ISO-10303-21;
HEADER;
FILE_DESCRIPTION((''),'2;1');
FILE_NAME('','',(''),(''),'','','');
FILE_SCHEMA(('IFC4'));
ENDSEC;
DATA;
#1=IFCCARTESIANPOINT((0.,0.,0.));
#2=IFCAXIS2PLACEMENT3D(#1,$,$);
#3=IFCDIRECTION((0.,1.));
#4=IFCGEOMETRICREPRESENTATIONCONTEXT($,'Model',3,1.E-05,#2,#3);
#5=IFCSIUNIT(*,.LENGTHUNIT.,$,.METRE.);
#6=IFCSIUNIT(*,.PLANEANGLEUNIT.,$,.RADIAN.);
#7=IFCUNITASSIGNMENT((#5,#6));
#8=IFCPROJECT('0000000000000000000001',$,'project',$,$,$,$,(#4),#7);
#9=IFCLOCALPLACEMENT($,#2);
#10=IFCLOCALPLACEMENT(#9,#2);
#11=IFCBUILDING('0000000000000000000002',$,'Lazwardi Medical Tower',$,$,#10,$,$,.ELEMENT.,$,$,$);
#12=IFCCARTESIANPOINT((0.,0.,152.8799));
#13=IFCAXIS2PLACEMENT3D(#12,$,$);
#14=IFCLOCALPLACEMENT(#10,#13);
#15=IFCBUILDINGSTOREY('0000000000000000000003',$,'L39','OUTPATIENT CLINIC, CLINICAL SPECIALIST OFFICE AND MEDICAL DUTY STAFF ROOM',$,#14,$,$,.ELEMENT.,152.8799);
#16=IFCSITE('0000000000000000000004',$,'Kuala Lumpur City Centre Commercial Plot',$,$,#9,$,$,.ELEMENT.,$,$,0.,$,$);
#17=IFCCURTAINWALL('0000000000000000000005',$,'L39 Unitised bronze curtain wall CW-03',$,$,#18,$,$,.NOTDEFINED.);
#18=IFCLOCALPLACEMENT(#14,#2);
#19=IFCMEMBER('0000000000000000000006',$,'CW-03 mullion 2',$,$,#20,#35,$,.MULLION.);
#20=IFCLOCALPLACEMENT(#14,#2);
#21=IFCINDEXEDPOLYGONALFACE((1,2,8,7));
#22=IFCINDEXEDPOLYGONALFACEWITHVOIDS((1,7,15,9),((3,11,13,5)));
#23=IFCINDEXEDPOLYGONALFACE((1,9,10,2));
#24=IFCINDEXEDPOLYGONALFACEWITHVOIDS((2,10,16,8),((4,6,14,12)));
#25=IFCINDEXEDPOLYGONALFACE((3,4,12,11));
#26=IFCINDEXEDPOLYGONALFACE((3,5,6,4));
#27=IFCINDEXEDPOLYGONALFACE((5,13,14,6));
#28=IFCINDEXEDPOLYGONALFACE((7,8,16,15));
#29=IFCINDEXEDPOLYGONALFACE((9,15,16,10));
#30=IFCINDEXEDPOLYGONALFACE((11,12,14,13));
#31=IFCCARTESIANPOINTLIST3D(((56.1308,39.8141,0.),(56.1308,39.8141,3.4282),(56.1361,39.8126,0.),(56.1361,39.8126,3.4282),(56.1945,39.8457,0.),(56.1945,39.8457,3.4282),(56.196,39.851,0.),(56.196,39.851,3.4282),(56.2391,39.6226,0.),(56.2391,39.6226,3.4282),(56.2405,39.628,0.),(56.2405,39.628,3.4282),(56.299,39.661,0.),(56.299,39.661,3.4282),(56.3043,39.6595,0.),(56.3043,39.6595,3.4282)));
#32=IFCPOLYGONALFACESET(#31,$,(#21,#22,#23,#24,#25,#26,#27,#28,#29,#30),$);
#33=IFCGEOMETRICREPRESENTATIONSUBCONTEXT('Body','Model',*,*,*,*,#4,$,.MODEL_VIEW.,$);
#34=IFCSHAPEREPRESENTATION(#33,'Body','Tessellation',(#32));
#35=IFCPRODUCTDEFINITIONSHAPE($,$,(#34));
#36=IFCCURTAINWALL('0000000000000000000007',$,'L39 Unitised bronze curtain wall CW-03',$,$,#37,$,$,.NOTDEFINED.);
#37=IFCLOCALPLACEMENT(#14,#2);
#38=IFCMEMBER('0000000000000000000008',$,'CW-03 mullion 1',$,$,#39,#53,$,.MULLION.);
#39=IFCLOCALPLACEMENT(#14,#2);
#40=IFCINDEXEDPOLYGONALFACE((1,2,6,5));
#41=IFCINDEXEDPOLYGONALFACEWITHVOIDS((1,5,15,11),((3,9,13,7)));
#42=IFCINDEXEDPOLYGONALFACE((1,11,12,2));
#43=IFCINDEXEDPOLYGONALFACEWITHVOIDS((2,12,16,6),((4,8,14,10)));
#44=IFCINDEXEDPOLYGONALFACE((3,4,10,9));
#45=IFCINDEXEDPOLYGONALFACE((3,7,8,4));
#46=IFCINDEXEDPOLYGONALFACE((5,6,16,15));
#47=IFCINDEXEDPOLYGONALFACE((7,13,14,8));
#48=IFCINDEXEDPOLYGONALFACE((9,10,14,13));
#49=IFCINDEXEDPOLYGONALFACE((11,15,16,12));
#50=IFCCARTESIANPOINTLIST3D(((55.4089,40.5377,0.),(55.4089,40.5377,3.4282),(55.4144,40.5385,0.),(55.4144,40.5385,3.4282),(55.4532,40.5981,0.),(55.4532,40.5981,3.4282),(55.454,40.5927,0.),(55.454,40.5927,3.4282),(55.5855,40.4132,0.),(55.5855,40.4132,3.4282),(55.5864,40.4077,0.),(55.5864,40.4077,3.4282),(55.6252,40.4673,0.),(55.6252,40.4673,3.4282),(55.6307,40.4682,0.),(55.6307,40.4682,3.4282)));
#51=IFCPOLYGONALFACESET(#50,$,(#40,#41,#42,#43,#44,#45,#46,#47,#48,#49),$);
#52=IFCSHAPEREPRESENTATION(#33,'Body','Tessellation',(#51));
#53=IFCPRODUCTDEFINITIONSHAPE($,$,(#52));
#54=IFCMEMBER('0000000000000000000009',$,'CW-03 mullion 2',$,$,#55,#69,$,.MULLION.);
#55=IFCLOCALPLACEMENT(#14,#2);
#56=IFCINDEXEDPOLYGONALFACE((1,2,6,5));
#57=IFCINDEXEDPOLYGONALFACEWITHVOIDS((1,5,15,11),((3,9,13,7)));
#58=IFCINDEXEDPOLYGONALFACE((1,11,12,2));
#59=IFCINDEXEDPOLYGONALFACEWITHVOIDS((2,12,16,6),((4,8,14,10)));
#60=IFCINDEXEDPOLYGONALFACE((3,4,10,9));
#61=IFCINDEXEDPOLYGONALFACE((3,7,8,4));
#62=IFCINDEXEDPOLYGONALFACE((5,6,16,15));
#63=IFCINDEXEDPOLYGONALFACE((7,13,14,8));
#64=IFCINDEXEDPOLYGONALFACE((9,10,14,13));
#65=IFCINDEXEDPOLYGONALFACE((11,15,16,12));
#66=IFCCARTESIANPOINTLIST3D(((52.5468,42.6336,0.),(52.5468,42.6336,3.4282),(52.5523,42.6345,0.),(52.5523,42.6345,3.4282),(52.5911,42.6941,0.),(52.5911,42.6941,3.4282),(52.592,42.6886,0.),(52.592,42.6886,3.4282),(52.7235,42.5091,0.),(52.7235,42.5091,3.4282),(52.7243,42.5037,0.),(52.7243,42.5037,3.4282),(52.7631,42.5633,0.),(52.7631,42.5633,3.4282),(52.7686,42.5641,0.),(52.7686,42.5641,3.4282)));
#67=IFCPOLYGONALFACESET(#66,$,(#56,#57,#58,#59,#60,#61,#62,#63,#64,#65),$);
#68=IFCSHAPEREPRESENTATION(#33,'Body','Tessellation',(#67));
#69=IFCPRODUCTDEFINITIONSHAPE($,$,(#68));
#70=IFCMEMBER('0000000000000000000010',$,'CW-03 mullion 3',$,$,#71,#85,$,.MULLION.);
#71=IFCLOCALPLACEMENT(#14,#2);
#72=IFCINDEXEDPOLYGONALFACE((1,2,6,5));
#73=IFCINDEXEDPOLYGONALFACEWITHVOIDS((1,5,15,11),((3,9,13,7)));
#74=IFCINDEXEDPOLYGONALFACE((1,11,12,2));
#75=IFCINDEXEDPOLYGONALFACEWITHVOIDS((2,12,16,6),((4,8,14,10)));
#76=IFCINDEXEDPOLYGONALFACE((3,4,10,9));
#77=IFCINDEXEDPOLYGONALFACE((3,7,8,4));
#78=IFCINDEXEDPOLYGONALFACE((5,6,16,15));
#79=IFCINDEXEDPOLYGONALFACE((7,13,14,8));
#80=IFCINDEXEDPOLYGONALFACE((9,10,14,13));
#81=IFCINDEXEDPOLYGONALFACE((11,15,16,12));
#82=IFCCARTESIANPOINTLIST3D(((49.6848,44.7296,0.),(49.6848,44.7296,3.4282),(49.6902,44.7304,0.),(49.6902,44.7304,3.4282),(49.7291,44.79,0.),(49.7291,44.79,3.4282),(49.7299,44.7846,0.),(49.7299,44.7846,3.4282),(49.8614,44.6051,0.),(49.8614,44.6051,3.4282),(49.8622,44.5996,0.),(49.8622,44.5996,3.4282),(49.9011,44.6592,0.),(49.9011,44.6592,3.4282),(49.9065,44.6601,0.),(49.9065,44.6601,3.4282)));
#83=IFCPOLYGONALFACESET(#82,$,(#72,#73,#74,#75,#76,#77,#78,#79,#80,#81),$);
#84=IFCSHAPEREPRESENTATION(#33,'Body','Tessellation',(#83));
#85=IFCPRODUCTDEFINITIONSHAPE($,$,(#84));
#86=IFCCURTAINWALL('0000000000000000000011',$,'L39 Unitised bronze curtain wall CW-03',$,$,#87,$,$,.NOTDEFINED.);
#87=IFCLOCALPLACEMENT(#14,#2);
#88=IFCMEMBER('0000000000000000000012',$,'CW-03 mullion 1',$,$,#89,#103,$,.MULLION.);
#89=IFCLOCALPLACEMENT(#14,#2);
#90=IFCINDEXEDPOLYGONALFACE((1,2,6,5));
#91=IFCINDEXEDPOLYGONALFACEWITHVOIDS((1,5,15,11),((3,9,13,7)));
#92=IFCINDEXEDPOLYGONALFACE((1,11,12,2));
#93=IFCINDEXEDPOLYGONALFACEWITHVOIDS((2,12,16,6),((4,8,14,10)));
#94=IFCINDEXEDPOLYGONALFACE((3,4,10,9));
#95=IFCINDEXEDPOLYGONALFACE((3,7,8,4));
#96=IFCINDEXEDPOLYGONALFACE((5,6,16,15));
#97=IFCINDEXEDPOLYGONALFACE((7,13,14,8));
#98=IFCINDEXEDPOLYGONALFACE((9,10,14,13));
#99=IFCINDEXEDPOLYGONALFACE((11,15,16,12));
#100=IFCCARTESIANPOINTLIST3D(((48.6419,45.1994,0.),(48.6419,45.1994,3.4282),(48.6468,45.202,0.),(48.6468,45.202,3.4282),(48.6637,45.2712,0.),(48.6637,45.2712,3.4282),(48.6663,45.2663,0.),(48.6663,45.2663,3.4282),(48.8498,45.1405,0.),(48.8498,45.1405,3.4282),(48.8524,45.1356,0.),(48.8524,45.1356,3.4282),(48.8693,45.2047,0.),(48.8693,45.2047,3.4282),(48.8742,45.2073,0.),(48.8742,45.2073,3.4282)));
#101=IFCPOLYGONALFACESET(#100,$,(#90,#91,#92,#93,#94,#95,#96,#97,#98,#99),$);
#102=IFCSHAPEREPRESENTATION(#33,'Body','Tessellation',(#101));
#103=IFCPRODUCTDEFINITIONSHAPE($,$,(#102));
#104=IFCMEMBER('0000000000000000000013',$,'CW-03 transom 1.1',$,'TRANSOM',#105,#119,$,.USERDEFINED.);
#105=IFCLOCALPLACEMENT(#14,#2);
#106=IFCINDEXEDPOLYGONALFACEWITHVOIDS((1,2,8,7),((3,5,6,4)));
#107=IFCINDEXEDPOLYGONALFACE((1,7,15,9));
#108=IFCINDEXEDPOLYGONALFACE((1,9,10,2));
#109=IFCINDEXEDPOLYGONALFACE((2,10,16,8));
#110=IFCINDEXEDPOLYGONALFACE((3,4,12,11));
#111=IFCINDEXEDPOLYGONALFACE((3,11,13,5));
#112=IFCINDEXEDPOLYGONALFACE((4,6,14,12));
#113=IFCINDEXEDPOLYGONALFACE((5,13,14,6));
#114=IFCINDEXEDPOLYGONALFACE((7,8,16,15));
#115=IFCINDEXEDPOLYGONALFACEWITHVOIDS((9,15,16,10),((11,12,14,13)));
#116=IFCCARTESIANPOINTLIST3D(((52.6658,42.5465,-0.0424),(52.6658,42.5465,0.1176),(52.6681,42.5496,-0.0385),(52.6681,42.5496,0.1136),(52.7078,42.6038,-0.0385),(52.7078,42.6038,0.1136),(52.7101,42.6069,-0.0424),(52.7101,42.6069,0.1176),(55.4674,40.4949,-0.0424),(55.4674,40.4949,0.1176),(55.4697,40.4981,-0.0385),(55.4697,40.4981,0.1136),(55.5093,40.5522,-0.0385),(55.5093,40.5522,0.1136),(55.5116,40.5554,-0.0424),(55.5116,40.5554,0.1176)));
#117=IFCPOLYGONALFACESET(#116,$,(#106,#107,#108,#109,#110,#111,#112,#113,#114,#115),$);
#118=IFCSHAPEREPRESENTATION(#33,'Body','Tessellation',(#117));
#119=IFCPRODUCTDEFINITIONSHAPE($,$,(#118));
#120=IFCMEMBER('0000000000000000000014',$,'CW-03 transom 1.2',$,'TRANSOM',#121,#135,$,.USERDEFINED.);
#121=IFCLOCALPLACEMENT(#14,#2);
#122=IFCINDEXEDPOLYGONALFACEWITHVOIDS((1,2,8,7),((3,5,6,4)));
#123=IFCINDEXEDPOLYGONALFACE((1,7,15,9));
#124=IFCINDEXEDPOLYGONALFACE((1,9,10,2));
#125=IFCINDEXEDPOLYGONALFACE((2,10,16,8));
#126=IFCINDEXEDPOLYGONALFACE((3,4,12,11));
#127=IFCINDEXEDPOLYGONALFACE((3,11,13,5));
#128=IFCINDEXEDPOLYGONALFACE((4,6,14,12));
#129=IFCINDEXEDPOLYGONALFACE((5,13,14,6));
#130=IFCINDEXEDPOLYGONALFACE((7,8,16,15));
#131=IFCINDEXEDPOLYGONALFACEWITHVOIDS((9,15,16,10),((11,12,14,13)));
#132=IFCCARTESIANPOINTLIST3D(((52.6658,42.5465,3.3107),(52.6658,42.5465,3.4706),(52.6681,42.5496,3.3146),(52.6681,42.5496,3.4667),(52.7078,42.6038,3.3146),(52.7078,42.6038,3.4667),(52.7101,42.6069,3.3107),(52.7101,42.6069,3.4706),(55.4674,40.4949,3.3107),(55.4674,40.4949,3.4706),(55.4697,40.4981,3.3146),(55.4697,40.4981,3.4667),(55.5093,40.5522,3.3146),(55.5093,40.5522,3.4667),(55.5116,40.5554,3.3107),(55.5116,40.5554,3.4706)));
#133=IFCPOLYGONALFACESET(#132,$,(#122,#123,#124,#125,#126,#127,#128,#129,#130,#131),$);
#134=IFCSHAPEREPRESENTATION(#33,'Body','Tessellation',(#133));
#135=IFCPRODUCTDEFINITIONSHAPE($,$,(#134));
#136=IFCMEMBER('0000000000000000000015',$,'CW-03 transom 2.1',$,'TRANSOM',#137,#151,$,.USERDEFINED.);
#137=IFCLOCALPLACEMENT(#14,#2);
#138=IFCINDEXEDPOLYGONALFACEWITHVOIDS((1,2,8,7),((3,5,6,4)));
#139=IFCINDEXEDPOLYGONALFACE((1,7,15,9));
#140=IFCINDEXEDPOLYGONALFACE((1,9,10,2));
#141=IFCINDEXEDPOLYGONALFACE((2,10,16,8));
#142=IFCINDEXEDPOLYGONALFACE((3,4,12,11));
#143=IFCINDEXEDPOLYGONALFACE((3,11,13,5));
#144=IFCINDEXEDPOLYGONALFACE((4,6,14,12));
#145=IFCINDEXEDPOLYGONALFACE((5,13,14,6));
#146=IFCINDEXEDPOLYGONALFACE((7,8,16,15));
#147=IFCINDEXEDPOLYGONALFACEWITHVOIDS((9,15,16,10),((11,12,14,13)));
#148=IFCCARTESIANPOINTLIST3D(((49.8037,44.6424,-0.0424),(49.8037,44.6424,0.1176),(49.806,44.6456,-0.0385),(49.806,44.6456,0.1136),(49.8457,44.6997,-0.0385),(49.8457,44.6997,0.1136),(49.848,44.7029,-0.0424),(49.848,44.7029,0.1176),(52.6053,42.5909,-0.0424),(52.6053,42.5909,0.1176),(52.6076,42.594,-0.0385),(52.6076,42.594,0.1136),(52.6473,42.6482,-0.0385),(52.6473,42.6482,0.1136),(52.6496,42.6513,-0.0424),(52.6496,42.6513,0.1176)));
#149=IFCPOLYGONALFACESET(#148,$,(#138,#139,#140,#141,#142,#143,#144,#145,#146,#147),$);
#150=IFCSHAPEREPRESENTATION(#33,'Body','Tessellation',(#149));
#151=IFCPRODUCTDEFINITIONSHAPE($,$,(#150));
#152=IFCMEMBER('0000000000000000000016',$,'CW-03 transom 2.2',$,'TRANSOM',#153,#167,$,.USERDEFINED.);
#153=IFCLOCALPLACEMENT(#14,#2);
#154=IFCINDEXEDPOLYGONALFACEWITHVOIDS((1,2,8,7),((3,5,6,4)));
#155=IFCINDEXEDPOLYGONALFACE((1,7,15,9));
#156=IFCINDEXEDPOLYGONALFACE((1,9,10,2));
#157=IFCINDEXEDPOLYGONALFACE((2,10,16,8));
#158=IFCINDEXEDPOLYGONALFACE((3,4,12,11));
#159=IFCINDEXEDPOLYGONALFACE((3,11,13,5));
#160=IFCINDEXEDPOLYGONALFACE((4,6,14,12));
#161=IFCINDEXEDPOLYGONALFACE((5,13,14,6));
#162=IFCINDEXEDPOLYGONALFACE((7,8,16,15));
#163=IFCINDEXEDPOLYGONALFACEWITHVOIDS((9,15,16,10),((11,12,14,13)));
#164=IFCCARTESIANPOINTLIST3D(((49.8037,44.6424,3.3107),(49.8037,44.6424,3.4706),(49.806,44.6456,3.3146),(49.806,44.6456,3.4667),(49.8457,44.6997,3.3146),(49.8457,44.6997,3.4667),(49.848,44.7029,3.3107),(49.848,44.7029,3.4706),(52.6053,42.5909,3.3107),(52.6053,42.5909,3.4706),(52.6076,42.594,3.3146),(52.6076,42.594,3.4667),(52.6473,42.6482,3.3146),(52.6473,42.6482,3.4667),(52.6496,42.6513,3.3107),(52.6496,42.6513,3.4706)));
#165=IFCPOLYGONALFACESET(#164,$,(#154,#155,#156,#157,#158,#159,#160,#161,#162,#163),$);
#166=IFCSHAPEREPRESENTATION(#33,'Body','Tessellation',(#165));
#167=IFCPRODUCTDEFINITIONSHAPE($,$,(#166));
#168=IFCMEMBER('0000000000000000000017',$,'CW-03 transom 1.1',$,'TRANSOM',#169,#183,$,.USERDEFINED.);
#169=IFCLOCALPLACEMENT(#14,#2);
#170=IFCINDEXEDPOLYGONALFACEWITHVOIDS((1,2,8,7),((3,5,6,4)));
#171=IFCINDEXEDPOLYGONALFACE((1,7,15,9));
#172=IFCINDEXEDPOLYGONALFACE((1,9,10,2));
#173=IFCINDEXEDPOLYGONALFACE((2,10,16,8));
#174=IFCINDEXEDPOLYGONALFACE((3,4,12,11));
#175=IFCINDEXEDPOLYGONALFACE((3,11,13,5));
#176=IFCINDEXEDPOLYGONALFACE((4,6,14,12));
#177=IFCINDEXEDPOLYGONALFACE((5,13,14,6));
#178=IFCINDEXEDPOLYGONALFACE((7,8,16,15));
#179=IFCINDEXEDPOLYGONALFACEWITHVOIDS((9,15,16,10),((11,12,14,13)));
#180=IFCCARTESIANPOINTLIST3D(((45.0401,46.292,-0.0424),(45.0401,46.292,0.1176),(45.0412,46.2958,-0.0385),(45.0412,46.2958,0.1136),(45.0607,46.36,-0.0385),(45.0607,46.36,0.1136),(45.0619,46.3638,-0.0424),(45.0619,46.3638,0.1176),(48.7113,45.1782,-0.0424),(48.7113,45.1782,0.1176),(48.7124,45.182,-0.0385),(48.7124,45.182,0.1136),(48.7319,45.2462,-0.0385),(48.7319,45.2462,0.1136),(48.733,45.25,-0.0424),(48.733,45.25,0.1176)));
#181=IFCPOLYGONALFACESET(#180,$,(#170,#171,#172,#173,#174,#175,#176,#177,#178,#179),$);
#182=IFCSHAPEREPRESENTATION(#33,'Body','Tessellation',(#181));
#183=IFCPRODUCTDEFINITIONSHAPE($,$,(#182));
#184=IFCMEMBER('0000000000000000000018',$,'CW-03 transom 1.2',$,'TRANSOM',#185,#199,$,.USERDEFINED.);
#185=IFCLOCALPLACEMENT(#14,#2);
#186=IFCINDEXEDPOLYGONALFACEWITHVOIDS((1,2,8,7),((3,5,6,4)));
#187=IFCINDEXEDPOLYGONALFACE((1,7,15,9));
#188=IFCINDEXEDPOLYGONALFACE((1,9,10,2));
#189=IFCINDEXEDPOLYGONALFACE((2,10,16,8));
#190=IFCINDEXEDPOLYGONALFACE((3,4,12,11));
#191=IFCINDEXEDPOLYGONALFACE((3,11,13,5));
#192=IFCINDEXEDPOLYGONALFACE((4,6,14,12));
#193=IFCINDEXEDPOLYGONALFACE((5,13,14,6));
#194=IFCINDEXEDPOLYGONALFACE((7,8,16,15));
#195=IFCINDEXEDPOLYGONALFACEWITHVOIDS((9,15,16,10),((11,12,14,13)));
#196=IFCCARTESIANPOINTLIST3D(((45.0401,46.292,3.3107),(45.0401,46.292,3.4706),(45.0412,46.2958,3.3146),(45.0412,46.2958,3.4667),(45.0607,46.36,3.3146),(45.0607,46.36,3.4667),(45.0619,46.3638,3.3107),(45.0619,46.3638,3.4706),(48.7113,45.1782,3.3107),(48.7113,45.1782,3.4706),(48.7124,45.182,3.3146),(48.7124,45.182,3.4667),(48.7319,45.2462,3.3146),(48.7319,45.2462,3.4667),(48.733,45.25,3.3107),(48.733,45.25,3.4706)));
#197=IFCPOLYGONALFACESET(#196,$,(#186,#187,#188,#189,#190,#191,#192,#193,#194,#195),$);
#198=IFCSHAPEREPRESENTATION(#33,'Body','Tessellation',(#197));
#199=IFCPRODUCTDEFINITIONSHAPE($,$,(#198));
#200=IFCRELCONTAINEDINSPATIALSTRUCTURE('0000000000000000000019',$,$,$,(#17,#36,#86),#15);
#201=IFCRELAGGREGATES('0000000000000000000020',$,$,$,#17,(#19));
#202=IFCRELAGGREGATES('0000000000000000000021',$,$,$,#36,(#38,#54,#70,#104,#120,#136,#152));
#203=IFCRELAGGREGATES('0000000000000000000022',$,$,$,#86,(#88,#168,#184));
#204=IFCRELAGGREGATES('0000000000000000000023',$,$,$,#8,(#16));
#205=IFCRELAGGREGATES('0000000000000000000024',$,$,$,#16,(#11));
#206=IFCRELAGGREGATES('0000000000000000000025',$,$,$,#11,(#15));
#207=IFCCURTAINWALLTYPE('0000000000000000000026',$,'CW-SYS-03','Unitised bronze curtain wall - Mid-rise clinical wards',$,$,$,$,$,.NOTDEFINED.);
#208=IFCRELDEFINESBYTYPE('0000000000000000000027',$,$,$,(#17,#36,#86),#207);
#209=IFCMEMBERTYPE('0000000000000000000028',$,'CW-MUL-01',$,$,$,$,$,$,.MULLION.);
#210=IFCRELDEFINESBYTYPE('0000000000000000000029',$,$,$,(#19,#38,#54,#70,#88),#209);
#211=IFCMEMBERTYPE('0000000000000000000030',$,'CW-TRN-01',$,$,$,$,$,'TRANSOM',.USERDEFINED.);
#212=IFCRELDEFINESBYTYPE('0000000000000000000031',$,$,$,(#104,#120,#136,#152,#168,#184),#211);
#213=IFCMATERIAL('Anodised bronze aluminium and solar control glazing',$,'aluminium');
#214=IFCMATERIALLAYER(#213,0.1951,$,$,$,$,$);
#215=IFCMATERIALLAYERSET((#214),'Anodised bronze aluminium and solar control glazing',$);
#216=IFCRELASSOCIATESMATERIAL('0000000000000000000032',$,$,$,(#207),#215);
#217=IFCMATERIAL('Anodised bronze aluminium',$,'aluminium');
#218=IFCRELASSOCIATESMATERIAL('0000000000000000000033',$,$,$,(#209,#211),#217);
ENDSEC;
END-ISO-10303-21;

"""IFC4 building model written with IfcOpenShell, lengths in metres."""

from ifc_helpers import new_model, si_unit, direction, frame, origin, origin_2d, place, context, subcontext, project, spatial, hollow_rectangle, extrude, material, layer, layer_set, material_profile, profile_set, type_object, element, aggregate, save


model = new_model("IFC4")

# Units and contexts
model_context = context("Model", 3, precision=1e-05, world=origin(), true_north=direction((0.0, 1.0)))
body_context = subcontext(model_context, "Body", "Model", "MODEL_VIEW")
ifc_project = project(units=[si_unit("LENGTHUNIT", "METRE"), si_unit("PLANEANGLEUNIT", "RADIAN")], contexts=[model_context])

# Site, building, storey
site_placement = place(None, origin())
site = spatial("IfcSite", under=ifc_project, at=site_placement, Name="Kuala Lumpur City Centre Commercial Plot", CompositionType="ELEMENT", RefElevation=0.0)
building_placement = place(site_placement, origin())
building = spatial("IfcBuilding", under=site, at=building_placement, Name="Lazwardi Medical Tower", CompositionType="ELEMENT")
storey_placement = place(building_placement, frame((0.0, 0.0, 152.8799)))
storey = spatial("IfcBuildingStorey", under=building, at=storey_placement, Name="L39", Description="OUTPATIENT CLINIC, CLINICAL SPECIALIST OFFICE AND MEDICAL DUTY STAFF ROOM", CompositionType="ELEMENT", Elevation=152.8799)

# Curtain wall, member
ifc_material_1 = material(Name="Anodised bronze aluminium and solar control glazing", Category="aluminium")
ifc_layer_1 = layer(ifc_material_1, 0.1951)
ifc_layer_set_1 = layer_set([ifc_layer_1], Name="Anodised bronze aluminium and solar control glazing")
curtain_wall_type = type_object("IfcCurtainWallType", Name="CW-SYS-03", Description="Unitised bronze curtain wall - Mid-rise clinical wards", PredefinedType="NOTDEFINED", material=ifc_layer_set_1)
curtain_wall_1_placement = place(storey_placement, origin())
curtain_wall_1 = element("IfcCurtainWall", 1, at=curtain_wall_1_placement, inside=storey, type_object=curtain_wall_type, Name="L39 Unitised bronze curtain wall CW-03", PredefinedType="NOTDEFINED")
ifc_material_2 = material(Name="Anodised bronze aluminium", Category="aluminium")
ifc_material_profile_1 = material_profile(ifc_material_2, hollow_rectangle(XDim=0.075, YDim=0.22, WallThickness=0.0039, at=origin_2d()), Name="ALU-MULLION 220x75x4")
ifc_profile_set_1 = profile_set([ifc_material_profile_1], Name="Anodised bronze aluminium")
member_type_1 = type_object("IfcMemberType", Name="CW-MUL-01", PredefinedType="MULLION", material=ifc_profile_set_1)
member_1_placement = place(storey_placement, frame((56.2175, 39.7368, 0.0), z_axis=(0.0, 0.0, 1.0), x_axis=(-0.870419, -0.492312, 0.0)))
member_1 = element("IfcMember", 2, at=member_1_placement, type_object=member_type_1, Name="CW-03 mullion 2", PredefinedType="MULLION", context=body_context, shape_type="SweptSolid", body=[
    extrude(hollow_rectangle(XDim=0.075, YDim=0.22, WallThickness=0.0039, at=origin_2d()), origin(), (0.0, 0.0, 1.0), 3.4282),
])
aggregate(curtain_wall_1, [member_1])

# Curtain wall, members
curtain_wall_2_placement = place(storey_placement, origin())
curtain_wall_2 = element("IfcCurtainWall", 3, at=curtain_wall_2_placement, inside=storey, type_object=curtain_wall_type, Name="L39 Unitised bronze curtain wall CW-03", PredefinedType="NOTDEFINED")
member_2_placement = place(storey_placement, frame((55.5198, 40.5029, 0.0), z_axis=(0.0, 0.0, 1.0), x_axis=(-0.590834, -0.806793, 0.0)))
member_2 = element("IfcMember", 4, at=member_2_placement, type_object=member_type_1, Name="CW-03 mullion 1", PredefinedType="MULLION", context=body_context, shape_type="SweptSolid", body=[
    extrude(hollow_rectangle(XDim=0.075, YDim=0.22, WallThickness=0.0039, at=origin_2d()), origin(), (0.0, 0.0, 1.0), 3.4282),
])
member_3_placement = place(storey_placement, frame((52.6577, 42.5989, 0.0), z_axis=(0.0, 0.0, 1.0), x_axis=(-0.590834, -0.806793, 0.0)))
member_3 = element("IfcMember", 5, at=member_3_placement, type_object=member_type_1, Name="CW-03 mullion 2", PredefinedType="MULLION", context=body_context, shape_type="SweptSolid", body=[
    extrude(hollow_rectangle(XDim=0.075, YDim=0.22, WallThickness=0.0039, at=origin_2d()), origin(), (0.0, 0.0, 1.0), 3.4282),
])
member_4_placement = place(storey_placement, frame((49.7957, 44.6948, 0.0), z_axis=(0.0, 0.0, 1.0), x_axis=(-0.590834, -0.806793, 0.0)))
member_4 = element("IfcMember", 6, at=member_4_placement, type_object=member_type_1, Name="CW-03 mullion 3", PredefinedType="MULLION", context=body_context, shape_type="SweptSolid", body=[
    extrude(hollow_rectangle(XDim=0.075, YDim=0.22, WallThickness=0.0039, at=origin_2d()), origin(), (0.0, 0.0, 1.0), 3.4282),
])

# Curtain wall, member
curtain_wall_3_placement = place(storey_placement, origin())
curtain_wall_3 = element("IfcCurtainWall", 7, at=curtain_wall_3_placement, inside=storey, type_object=curtain_wall_type, Name="L39 Unitised bronze curtain wall CW-03", PredefinedType="NOTDEFINED")
member_5_placement = place(storey_placement, frame((48.7581, 45.2034, 0.0), z_axis=(0.0, 0.0, 1.0), x_axis=(-0.290281, -0.956942, 0.0)))
member_5 = element("IfcMember", 8, at=member_5_placement, type_object=member_type_1, Name="CW-03 mullion 1", PredefinedType="MULLION", context=body_context, shape_type="SweptSolid", body=[
    extrude(hollow_rectangle(XDim=0.075, YDim=0.22, WallThickness=0.0039, at=origin_2d()), origin(), (0.0, 0.0, 1.0), 3.4282),
])

# Members
ifc_material_profile_2 = material_profile(ifc_material_2, hollow_rectangle(XDim=0.075, YDim=0.1599, WallThickness=0.0039, at=origin_2d()), Name="ALU-TRANSOM 160x75x4")
ifc_profile_set_2 = profile_set([ifc_material_profile_2], Name="Anodised bronze aluminium")
member_type_2 = type_object("IfcMemberType", Name="CW-TRN-01", ElementType="TRANSOM", PredefinedType="USERDEFINED", material=ifc_profile_set_2)
member_6_placement = place(storey_placement, frame((55.4895, 40.5251, 0.0376), z_axis=(-0.806807, 0.590815, 0.0), x_axis=(-0.590815, -0.806807, 0.0)))
member_6 = element("IfcMember", 9, at=member_6_placement, type_object=member_type_2, Name="CW-03 transom 1.1", ObjectType="TRANSOM", PredefinedType="USERDEFINED", context=body_context, shape_type="SweptSolid", body=[
    extrude(hollow_rectangle(XDim=0.075, YDim=0.1599, WallThickness=0.0039, at=origin_2d()), origin(), (0.0, 0.0, 1.0), 3.4724),
])
member_7_placement = place(storey_placement, frame((55.4895, 40.5251, 3.3906), z_axis=(-0.806807, 0.590815, 0.0), x_axis=(-0.590815, -0.806807, 0.0)))
member_7 = element("IfcMember", 10, at=member_7_placement, type_object=member_type_2, Name="CW-03 transom 1.2", ObjectType="TRANSOM", PredefinedType="USERDEFINED", context=body_context, shape_type="SweptSolid", body=[
    extrude(hollow_rectangle(XDim=0.075, YDim=0.1599, WallThickness=0.0039, at=origin_2d()), origin(), (0.0, 0.0, 1.0), 3.4724),
])
member_8_placement = place(storey_placement, frame((52.6274, 42.6211, 0.0376), z_axis=(-0.806807, 0.590815, 0.0), x_axis=(-0.590815, -0.806807, 0.0)))
member_8 = element("IfcMember", 11, at=member_8_placement, type_object=member_type_2, Name="CW-03 transom 2.1", ObjectType="TRANSOM", PredefinedType="USERDEFINED", context=body_context, shape_type="SweptSolid", body=[
    extrude(hollow_rectangle(XDim=0.075, YDim=0.1599, WallThickness=0.0039, at=origin_2d()), origin(), (0.0, 0.0, 1.0), 3.4724),
])
member_9_placement = place(storey_placement, frame((52.6274, 42.6211, 3.3906), z_axis=(-0.806807, 0.590815, 0.0), x_axis=(-0.590815, -0.806807, 0.0)))
member_9 = element("IfcMember", 12, at=member_9_placement, type_object=member_type_2, Name="CW-03 transom 2.2", ObjectType="TRANSOM", PredefinedType="USERDEFINED", context=body_context, shape_type="SweptSolid", body=[
    extrude(hollow_rectangle(XDim=0.075, YDim=0.1599, WallThickness=0.0039, at=origin_2d()), origin(), (0.0, 0.0, 1.0), 3.4724),
])
member_10_placement = place(storey_placement, frame((48.7222, 45.2141, 0.0376), z_axis=(-0.95693, 0.290318, 0.0), x_axis=(-0.290318, -0.95693, 0.0)))
member_10 = element("IfcMember", 13, at=member_10_placement, type_object=member_type_2, Name="CW-03 transom 1.1", ObjectType="TRANSOM", PredefinedType="USERDEFINED", context=body_context, shape_type="SweptSolid", body=[
    extrude(hollow_rectangle(XDim=0.075, YDim=0.1599, WallThickness=0.0039, at=origin_2d()), origin(), (0.0, 0.0, 1.0), 3.8364),
])
member_11_placement = place(storey_placement, frame((48.7222, 45.2141, 3.3906), z_axis=(-0.95693, 0.290318, 0.0), x_axis=(-0.290318, -0.95693, 0.0)))
member_11 = element("IfcMember", 14, at=member_11_placement, type_object=member_type_2, Name="CW-03 transom 1.2", ObjectType="TRANSOM", PredefinedType="USERDEFINED", context=body_context, shape_type="SweptSolid", body=[
    extrude(hollow_rectangle(XDim=0.075, YDim=0.1599, WallThickness=0.0039, at=origin_2d()), origin(), (0.0, 0.0, 1.0), 3.8364),
])

aggregate(curtain_wall_2, [member_2, member_3, member_4, member_6, member_7, member_8, member_9])
aggregate(curtain_wall_3, [member_5, member_10, member_11])

save(model, "model.ifc")
